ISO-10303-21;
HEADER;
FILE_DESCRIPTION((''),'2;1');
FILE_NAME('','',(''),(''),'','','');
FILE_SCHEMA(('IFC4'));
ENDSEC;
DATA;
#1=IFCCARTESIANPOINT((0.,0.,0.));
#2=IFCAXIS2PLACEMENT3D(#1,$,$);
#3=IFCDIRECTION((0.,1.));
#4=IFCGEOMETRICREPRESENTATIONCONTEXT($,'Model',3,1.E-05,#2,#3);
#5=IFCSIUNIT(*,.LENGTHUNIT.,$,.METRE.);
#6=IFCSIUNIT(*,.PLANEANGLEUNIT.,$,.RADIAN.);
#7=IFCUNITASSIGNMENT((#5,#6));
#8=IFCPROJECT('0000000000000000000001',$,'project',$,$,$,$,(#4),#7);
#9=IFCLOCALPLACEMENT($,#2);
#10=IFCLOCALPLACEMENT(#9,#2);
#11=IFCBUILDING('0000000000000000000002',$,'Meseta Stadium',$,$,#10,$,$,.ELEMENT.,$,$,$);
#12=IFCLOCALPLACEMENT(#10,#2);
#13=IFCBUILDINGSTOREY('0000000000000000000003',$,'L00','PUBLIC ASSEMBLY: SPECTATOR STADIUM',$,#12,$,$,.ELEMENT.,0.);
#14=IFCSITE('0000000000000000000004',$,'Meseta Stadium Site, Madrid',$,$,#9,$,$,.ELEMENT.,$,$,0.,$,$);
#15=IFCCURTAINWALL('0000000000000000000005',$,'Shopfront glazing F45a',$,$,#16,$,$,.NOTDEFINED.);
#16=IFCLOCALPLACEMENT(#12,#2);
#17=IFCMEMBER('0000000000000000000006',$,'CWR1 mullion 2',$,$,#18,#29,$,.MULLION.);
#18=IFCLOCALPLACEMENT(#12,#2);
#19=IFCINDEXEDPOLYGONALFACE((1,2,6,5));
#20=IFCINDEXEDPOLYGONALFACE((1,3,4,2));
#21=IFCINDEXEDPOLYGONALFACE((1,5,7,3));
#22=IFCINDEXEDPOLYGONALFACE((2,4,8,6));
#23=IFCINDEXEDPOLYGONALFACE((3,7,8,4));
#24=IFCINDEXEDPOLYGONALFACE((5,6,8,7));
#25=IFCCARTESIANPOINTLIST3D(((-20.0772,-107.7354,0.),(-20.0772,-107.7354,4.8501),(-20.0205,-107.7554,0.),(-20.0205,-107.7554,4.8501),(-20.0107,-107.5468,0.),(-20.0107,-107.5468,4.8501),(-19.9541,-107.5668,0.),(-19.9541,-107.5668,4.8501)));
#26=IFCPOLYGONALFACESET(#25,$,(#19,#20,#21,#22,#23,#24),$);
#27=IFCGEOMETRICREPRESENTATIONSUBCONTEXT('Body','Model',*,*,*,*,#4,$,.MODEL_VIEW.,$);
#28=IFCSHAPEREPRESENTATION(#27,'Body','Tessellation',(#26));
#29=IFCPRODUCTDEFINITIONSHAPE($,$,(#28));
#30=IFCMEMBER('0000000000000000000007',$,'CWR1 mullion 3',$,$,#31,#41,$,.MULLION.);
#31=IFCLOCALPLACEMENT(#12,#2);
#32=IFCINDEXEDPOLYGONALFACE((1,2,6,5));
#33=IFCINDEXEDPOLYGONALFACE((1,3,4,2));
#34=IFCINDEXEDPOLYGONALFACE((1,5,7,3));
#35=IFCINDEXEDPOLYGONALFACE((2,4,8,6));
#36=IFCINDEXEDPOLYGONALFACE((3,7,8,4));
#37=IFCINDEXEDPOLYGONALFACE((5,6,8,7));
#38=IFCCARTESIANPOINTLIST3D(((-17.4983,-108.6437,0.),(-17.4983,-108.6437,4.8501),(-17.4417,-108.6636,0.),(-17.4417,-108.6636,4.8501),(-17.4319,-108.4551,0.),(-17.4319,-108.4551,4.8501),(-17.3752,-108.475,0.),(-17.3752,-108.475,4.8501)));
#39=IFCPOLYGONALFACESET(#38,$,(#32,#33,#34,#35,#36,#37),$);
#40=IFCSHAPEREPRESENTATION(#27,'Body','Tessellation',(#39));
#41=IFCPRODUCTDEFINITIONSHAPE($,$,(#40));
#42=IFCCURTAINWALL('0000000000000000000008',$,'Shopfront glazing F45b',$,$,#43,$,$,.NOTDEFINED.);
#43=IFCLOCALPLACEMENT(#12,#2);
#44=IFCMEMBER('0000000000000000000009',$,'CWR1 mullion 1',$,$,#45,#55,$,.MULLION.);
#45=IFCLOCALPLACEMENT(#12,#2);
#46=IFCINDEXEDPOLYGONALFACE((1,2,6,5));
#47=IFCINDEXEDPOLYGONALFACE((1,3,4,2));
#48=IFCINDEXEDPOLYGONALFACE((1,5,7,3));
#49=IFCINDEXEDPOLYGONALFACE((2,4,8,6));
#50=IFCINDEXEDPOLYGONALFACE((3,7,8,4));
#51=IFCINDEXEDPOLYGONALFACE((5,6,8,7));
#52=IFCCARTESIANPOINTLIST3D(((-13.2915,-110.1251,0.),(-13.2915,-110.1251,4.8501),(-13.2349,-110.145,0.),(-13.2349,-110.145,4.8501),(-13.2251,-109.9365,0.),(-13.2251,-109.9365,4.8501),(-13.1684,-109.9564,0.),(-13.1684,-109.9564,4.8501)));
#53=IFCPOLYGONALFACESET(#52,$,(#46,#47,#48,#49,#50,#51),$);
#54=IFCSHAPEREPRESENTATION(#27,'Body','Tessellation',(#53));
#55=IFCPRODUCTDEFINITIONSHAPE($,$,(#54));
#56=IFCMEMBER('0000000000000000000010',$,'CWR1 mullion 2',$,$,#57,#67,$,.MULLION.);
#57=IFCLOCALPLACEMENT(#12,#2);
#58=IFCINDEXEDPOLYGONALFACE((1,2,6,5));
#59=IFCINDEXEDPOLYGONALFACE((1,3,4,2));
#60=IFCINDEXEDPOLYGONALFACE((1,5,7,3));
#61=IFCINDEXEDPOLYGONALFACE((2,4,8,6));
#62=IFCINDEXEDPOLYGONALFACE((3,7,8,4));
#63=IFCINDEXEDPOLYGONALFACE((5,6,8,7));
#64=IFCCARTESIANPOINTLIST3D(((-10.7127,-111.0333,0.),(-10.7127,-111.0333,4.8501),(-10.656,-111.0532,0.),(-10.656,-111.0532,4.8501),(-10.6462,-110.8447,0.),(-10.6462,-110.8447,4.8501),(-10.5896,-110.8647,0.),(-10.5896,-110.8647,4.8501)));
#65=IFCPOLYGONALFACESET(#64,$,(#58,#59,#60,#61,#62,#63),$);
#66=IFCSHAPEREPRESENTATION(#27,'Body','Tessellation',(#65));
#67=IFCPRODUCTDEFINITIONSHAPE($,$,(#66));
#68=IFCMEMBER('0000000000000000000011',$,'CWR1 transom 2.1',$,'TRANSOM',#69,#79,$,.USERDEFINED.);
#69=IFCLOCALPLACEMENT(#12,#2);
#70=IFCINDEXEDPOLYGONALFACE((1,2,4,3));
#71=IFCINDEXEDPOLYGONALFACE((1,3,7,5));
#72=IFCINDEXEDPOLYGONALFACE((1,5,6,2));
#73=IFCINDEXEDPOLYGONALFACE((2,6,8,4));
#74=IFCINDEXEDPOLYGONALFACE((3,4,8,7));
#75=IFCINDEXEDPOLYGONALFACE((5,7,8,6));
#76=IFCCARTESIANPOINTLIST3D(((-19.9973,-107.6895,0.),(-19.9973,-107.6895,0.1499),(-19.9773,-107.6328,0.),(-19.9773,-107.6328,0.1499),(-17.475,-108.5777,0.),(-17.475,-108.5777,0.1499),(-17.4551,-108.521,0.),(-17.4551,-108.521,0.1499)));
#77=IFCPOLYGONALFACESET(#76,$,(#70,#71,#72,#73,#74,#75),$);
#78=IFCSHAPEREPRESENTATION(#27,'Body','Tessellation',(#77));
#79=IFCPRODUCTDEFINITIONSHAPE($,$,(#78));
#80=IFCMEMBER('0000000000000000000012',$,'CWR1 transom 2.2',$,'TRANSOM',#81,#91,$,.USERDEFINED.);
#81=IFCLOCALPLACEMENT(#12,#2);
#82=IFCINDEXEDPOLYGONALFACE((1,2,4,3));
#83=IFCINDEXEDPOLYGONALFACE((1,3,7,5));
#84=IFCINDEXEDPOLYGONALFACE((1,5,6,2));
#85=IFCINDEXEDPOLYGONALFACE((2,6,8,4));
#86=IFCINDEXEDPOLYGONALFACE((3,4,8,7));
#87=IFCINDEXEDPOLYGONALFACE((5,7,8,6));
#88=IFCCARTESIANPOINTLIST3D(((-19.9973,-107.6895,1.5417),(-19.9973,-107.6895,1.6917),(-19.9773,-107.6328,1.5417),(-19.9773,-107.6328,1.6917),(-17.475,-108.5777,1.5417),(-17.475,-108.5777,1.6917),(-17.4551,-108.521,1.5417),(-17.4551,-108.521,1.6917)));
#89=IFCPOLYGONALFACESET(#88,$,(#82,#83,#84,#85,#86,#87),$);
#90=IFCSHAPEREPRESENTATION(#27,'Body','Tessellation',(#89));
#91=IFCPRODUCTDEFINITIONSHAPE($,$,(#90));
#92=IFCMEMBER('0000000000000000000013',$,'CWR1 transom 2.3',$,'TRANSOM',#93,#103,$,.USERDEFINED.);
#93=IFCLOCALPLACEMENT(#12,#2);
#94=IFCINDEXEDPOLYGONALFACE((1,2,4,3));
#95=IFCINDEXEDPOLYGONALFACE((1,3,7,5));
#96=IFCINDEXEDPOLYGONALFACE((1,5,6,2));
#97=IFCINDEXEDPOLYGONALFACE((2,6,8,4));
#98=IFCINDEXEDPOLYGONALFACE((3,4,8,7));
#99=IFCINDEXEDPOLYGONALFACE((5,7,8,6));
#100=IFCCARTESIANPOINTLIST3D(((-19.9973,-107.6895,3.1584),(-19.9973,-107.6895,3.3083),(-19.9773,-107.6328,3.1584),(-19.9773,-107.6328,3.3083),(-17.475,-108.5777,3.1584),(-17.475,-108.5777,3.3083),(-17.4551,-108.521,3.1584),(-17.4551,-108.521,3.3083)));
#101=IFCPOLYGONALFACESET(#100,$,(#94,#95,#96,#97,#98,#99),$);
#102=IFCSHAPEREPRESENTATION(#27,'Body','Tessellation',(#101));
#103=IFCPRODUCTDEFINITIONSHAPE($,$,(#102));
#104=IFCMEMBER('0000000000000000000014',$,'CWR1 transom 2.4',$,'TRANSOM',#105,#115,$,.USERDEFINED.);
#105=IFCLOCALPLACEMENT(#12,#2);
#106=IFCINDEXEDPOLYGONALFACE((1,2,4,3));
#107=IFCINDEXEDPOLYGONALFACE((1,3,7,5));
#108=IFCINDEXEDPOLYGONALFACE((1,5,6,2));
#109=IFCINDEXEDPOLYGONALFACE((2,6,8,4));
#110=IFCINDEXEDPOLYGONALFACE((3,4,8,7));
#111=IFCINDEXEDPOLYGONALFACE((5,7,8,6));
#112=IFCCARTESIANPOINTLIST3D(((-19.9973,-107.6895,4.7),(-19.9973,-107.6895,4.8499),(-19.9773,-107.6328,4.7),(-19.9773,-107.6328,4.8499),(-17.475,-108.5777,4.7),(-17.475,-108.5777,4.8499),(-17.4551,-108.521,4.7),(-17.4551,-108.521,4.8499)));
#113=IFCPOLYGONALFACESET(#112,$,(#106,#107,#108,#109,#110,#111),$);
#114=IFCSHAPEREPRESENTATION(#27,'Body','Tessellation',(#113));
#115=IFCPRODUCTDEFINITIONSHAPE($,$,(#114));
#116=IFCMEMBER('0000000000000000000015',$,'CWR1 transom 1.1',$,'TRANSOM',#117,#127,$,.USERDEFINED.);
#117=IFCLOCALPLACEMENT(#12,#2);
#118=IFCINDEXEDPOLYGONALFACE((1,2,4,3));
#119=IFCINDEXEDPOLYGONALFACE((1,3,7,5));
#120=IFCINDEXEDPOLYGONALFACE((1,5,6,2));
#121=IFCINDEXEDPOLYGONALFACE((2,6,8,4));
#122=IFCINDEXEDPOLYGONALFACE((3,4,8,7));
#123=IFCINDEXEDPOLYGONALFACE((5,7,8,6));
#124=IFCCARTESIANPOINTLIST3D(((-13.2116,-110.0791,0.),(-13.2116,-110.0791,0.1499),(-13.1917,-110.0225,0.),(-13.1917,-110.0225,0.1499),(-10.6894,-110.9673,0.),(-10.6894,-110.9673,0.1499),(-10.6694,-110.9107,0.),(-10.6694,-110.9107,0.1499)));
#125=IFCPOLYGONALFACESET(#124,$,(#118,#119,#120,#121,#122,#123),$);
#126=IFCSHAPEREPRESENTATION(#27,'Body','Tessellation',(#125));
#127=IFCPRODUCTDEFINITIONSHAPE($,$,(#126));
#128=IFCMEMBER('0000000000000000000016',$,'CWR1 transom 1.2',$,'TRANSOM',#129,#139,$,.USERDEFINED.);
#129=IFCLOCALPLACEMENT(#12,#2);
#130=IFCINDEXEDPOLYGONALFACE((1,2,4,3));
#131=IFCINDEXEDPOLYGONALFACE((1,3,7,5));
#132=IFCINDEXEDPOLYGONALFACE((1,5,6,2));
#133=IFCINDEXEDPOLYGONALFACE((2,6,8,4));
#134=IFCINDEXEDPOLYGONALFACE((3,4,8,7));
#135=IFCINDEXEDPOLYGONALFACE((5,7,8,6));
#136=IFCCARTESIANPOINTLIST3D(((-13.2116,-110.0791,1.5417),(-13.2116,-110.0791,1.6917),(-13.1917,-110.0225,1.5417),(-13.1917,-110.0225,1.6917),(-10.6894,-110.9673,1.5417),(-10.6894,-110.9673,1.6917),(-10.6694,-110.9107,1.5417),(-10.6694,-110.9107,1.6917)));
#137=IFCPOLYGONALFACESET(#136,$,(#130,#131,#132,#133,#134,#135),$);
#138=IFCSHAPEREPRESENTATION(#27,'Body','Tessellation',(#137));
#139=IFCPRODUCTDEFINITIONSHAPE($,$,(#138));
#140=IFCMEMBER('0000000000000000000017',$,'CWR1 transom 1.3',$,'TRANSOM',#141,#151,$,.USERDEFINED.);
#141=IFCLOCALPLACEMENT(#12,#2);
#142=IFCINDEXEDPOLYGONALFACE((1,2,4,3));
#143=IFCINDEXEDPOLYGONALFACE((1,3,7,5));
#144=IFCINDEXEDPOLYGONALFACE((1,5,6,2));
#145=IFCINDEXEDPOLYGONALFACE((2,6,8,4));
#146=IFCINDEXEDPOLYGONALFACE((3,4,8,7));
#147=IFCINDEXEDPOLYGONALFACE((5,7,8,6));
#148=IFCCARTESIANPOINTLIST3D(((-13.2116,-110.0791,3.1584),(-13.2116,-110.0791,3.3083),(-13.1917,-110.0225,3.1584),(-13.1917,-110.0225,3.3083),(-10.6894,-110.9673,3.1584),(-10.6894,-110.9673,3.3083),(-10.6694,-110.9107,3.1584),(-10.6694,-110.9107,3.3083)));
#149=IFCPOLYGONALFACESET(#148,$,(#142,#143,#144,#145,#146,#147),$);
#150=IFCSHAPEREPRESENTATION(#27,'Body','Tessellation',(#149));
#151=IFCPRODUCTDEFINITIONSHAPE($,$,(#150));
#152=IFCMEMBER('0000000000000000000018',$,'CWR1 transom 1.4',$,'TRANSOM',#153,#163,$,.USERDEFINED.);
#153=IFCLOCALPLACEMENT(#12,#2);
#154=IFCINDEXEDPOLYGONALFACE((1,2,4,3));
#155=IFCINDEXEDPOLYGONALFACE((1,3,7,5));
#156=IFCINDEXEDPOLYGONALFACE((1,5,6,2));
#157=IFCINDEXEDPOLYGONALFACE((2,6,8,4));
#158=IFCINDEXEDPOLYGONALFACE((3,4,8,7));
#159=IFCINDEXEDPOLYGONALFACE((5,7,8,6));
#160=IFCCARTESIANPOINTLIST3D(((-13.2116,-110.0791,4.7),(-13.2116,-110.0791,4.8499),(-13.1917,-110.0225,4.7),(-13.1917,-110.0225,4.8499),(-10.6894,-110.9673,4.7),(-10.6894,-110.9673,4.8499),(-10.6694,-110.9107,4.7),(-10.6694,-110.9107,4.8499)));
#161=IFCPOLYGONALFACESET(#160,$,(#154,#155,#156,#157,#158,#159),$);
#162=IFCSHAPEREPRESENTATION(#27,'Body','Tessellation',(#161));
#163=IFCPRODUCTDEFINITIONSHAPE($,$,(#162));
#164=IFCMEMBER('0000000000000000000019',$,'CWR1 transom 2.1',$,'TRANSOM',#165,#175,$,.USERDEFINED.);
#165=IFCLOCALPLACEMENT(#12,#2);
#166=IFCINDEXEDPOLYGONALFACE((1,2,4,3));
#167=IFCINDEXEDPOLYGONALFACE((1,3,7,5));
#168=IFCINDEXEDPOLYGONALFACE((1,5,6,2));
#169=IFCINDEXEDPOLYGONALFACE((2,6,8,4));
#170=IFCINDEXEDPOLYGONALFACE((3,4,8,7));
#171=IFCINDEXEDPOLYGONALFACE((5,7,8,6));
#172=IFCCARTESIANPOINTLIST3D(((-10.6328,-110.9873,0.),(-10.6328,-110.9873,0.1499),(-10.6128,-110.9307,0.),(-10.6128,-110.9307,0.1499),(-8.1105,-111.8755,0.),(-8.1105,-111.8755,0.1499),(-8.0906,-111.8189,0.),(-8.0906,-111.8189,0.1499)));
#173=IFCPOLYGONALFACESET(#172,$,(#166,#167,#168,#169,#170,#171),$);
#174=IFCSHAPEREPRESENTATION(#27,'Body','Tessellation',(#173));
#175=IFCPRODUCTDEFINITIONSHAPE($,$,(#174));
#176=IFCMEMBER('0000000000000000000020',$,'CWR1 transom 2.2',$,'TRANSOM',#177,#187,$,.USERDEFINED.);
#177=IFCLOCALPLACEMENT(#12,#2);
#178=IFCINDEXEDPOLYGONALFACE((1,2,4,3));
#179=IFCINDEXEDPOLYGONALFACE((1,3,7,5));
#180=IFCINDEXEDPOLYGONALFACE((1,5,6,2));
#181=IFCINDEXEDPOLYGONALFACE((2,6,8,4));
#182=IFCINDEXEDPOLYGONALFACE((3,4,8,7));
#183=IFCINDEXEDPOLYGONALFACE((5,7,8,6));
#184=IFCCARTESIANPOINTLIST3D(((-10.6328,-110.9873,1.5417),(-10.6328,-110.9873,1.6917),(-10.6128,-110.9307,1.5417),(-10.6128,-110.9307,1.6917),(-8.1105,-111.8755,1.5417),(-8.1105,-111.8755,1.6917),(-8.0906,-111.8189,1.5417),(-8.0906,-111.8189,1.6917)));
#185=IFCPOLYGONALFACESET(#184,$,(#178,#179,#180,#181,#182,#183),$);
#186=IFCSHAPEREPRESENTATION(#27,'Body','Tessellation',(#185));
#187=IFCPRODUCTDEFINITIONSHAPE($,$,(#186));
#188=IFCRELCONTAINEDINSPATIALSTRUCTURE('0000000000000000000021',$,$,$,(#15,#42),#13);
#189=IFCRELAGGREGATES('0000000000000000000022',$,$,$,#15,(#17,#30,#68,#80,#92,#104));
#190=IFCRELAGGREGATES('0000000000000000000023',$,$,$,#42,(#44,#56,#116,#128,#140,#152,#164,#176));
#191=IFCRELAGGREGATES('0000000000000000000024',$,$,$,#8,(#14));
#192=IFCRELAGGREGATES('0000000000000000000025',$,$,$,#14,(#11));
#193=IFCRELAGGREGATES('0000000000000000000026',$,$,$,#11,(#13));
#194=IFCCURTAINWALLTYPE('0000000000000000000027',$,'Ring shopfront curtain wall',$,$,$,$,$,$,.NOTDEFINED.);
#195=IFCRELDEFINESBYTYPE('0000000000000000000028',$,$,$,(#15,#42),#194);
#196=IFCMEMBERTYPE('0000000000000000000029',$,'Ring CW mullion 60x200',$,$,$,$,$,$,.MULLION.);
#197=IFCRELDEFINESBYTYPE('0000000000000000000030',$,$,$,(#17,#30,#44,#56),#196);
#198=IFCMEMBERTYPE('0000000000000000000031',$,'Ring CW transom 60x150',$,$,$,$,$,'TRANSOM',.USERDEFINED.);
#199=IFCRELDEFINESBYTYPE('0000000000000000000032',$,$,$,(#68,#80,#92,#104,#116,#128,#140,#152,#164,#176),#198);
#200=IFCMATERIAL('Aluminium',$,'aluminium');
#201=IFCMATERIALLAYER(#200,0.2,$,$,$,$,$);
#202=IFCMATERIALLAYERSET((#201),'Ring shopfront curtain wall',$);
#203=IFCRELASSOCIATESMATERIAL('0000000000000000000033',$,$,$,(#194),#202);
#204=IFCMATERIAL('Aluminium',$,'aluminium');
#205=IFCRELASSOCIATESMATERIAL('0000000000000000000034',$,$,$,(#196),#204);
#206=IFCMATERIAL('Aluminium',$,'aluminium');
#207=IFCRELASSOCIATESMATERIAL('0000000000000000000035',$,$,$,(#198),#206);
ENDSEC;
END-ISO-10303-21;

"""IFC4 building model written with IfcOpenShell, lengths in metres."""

from ifc_helpers import new_model, si_unit, direction, frame, origin, origin_2d, place, context, subcontext, project, spatial, rectangle, extrude, material, layer, layer_set, material_profile, profile_set, type_object, element, aggregate, save


model = new_model("IFC4")

# Units and contexts
model_context = context("Model", 3, precision=1e-05, world=origin(), true_north=direction((0.0, 1.0)))
body_context = subcontext(model_context, "Body", "Model", "MODEL_VIEW")
ifc_project = project(units=[si_unit("LENGTHUNIT", "METRE"), si_unit("PLANEANGLEUNIT", "RADIAN")], contexts=[model_context])

# Site, building, storey
site_placement = place(None, origin())
site = spatial("IfcSite", under=ifc_project, at=site_placement, Name="Meseta Stadium Site, Madrid", CompositionType="ELEMENT", RefElevation=0.0)
building_placement = place(site_placement, origin())
building = spatial("IfcBuilding", under=site, at=building_placement, Name="Meseta Stadium", CompositionType="ELEMENT")
storey_placement = place(building_placement, origin())
storey = spatial("IfcBuildingStorey", under=building, at=storey_placement, Name="L00", Description="PUBLIC ASSEMBLY: SPECTATOR STADIUM", CompositionType="ELEMENT", Elevation=0.0)

# Curtain walls, members
ifc_material_1 = material(Name="Aluminium", Category="aluminium")
ifc_layer_1 = layer(ifc_material_1, 0.2)
ifc_layer_set_1 = layer_set([ifc_layer_1], Name="Ring shopfront curtain wall")
curtain_wall_type = type_object("IfcCurtainWallType", Name="Ring shopfront curtain wall", PredefinedType="NOTDEFINED", material=ifc_layer_set_1)
curtain_wall_1_placement = place(storey_placement, origin())
curtain_wall_1 = element("IfcCurtainWall", 1, at=curtain_wall_1_placement, inside=storey, type_object=curtain_wall_type, Name="Shopfront glazing F45a", PredefinedType="NOTDEFINED")
ifc_material_2 = material(Name="Aluminium", Category="aluminium")
ifc_material_profile_1 = material_profile(ifc_material_2, rectangle(XDim=0.2, YDim=0.0601, at=origin_2d()), Name="CW 200x60")
ifc_profile_set_1 = profile_set([ifc_material_profile_1], Name="Aluminium")
member_type_1 = type_object("IfcMemberType", Name="Ring CW mullion 60x200", PredefinedType="MULLION", material=ifc_profile_set_1)
member_1_placement = place(storey_placement, frame((-20.0156, -107.6511, 0.0), z_axis=(0.0, 0.0, 1.0), x_axis=(0.33217, 0.94322, 0.0)))
member_1 = element("IfcMember", 2, at=member_1_placement, type_object=member_type_1, Name="CWR1 mullion 2", PredefinedType="MULLION", context=body_context, shape_type="SweptSolid", body=[
    extrude(rectangle(XDim=0.2, YDim=0.0601, at=origin_2d()), origin(), (0.0, 0.0, 1.0), 4.8501),
])
member_2_placement = place(storey_placement, frame((-17.4368, -108.5593, 0.0), z_axis=(0.0, 0.0, 1.0), x_axis=(0.33217, 0.94322, 0.0)))
member_2 = element("IfcMember", 3, at=member_2_placement, type_object=member_type_1, Name="CWR1 mullion 3", PredefinedType="MULLION", context=body_context, shape_type="SweptSolid", body=[
    extrude(rectangle(XDim=0.2, YDim=0.0601, at=origin_2d()), origin(), (0.0, 0.0, 1.0), 4.8501),
])
curtain_wall_2_placement = place(storey_placement, origin())
curtain_wall_2 = element("IfcCurtainWall", 4, at=curtain_wall_2_placement, inside=storey, type_object=curtain_wall_type, Name="Shopfront glazing F45b", PredefinedType="NOTDEFINED")
member_3_placement = place(storey_placement, frame((-13.23, -110.0408, 0.0), z_axis=(0.0, 0.0, 1.0), x_axis=(0.33217, 0.94322, 0.0)))
member_3 = element("IfcMember", 5, at=member_3_placement, type_object=member_type_1, Name="CWR1 mullion 1", PredefinedType="MULLION", context=body_context, shape_type="SweptSolid", body=[
    extrude(rectangle(XDim=0.2, YDim=0.0601, at=origin_2d()), origin(), (0.0, 0.0, 1.0), 4.8501),
])
member_4_placement = place(storey_placement, frame((-10.6511, -110.949, 0.0), z_axis=(0.0, 0.0, 1.0), x_axis=(0.33217, 0.94322, 0.0)))
member_4 = element("IfcMember", 6, at=member_4_placement, type_object=member_type_1, Name="CWR1 mullion 2", PredefinedType="MULLION", context=body_context, shape_type="SweptSolid", body=[
    extrude(rectangle(XDim=0.2, YDim=0.0601, at=origin_2d()), origin(), (0.0, 0.0, 1.0), 4.8501),
])

# Members
ifc_material_3 = material(Name="Aluminium", Category="aluminium")
ifc_material_profile_2 = material_profile(ifc_material_3, rectangle(XDim=0.0601, YDim=0.1499, at=origin_2d()), Name="CW 60x150")
ifc_profile_set_2 = profile_set([ifc_material_profile_2], Name="Aluminium")
member_type_2 = type_object("IfcMemberType", Name="Ring CW transom 60x150", ElementType="TRANSOM", PredefinedType="USERDEFINED", material=ifc_profile_set_2)
member_5_placement = place(storey_placement, frame((-19.9873, -107.6611, 0.075), z_axis=(0.943226, -0.332151, 0.0), x_axis=(0.332151, 0.943226, 0.0)))
member_5 = element("IfcMember", 7, at=member_5_placement, type_object=member_type_2, Name="CWR1 transom 2.1", ObjectType="TRANSOM", PredefinedType="USERDEFINED", context=body_context, shape_type="SweptSolid", body=[
    extrude(rectangle(XDim=0.0601, YDim=0.1499, at=origin_2d()), origin(), (0.0, 0.0, 1.0), 2.6741),
])
member_6_placement = place(storey_placement, frame((-19.9873, -107.6611, 1.6167), z_axis=(0.943226, -0.332151, 0.0), x_axis=(0.332151, 0.943226, 0.0)))
member_6 = element("IfcMember", 8, at=member_6_placement, type_object=member_type_2, Name="CWR1 transom 2.2", ObjectType="TRANSOM", PredefinedType="USERDEFINED", context=body_context, shape_type="SweptSolid", body=[
    extrude(rectangle(XDim=0.0601, YDim=0.1499, at=origin_2d()), origin(), (0.0, 0.0, 1.0), 2.6741),
])
member_7_placement = place(storey_placement, frame((-19.9873, -107.6611, 3.2334), z_axis=(0.943226, -0.332151, 0.0), x_axis=(0.332151, 0.943226, 0.0)))
member_7 = element("IfcMember", 9, at=member_7_placement, type_object=member_type_2, Name="CWR1 transom 2.3", ObjectType="TRANSOM", PredefinedType="USERDEFINED", context=body_context, shape_type="SweptSolid", body=[
    extrude(rectangle(XDim=0.0601, YDim=0.1499, at=origin_2d()), origin(), (0.0, 0.0, 1.0), 2.6741),
])
member_8_placement = place(storey_placement, frame((-19.9873, -107.6611, 4.7749), z_axis=(0.943226, -0.332151, 0.0), x_axis=(0.332151, 0.943226, 0.0)))
member_8 = element("IfcMember", 10, at=member_8_placement, type_object=member_type_2, Name="CWR1 transom 2.4", ObjectType="TRANSOM", PredefinedType="USERDEFINED", context=body_context, shape_type="SweptSolid", body=[
    extrude(rectangle(XDim=0.0601, YDim=0.1499, at=origin_2d()), origin(), (0.0, 0.0, 1.0), 2.6741),
])
member_9_placement = place(storey_placement, frame((-13.2017, -110.0508, 0.075), z_axis=(0.943226, -0.332151, 0.0), x_axis=(0.332151, 0.943226, 0.0)))
member_9 = element("IfcMember", 11, at=member_9_placement, type_object=member_type_2, Name="CWR1 transom 1.1", ObjectType="TRANSOM", PredefinedType="USERDEFINED", context=body_context, shape_type="SweptSolid", body=[
    extrude(rectangle(XDim=0.0601, YDim=0.1499, at=origin_2d()), origin(), (0.0, 0.0, 1.0), 2.6741),
])
member_10_placement = place(storey_placement, frame((-13.2017, -110.0508, 1.6167), z_axis=(0.943226, -0.332151, 0.0), x_axis=(0.332151, 0.943226, 0.0)))
member_10 = element("IfcMember", 12, at=member_10_placement, type_object=member_type_2, Name="CWR1 transom 1.2", ObjectType="TRANSOM", PredefinedType="USERDEFINED", context=body_context, shape_type="SweptSolid", body=[
    extrude(rectangle(XDim=0.0601, YDim=0.1499, at=origin_2d()), origin(), (0.0, 0.0, 1.0), 2.6741),
])
member_11_placement = place(storey_placement, frame((-13.2017, -110.0508, 3.2334), z_axis=(0.943226, -0.332151, 0.0), x_axis=(0.332151, 0.943226, 0.0)))
member_11 = element("IfcMember", 13, at=member_11_placement, type_object=member_type_2, Name="CWR1 transom 1.3", ObjectType="TRANSOM", PredefinedType="USERDEFINED", context=body_context, shape_type="SweptSolid", body=[
    extrude(rectangle(XDim=0.0601, YDim=0.1499, at=origin_2d()), origin(), (0.0, 0.0, 1.0), 2.6741),
])
member_12_placement = place(storey_placement, frame((-13.2017, -110.0508, 4.7749), z_axis=(0.943226, -0.332151, 0.0), x_axis=(0.332151, 0.943226, 0.0)))
member_12 = element("IfcMember", 14, at=member_12_placement, type_object=member_type_2, Name="CWR1 transom 1.4", ObjectType="TRANSOM", PredefinedType="USERDEFINED", context=body_context, shape_type="SweptSolid", body=[
    extrude(rectangle(XDim=0.0601, YDim=0.1499, at=origin_2d()), origin(), (0.0, 0.0, 1.0), 2.6741),
])
member_13_placement = place(storey_placement, frame((-10.6228, -110.959, 0.075), z_axis=(0.943226, -0.332151, 0.0), x_axis=(0.332151, 0.943226, 0.0)))
member_13 = element("IfcMember", 15, at=member_13_placement, type_object=member_type_2, Name="CWR1 transom 2.1", ObjectType="TRANSOM", PredefinedType="USERDEFINED", context=body_context, shape_type="SweptSolid", body=[
    extrude(rectangle(XDim=0.0601, YDim=0.1499, at=origin_2d()), origin(), (0.0, 0.0, 1.0), 2.6741),
])
member_14_placement = place(storey_placement, frame((-10.6228, -110.959, 1.6167), z_axis=(0.943226, -0.332151, 0.0), x_axis=(0.332151, 0.943226, 0.0)))
member_14 = element("IfcMember", 16, at=member_14_placement, type_object=member_type_2, Name="CWR1 transom 2.2", ObjectType="TRANSOM", PredefinedType="USERDEFINED", context=body_context, shape_type="SweptSolid", body=[
    extrude(rectangle(XDim=0.0601, YDim=0.1499, at=origin_2d()), origin(), (0.0, 0.0, 1.0), 2.6741),
])

aggregate(curtain_wall_1, [member_1, member_2, member_5, member_6, member_7, member_8])
aggregate(curtain_wall_2, [member_3, member_4, member_9, member_10, member_11, member_12, member_13, member_14])

save(model, "model.ifc")
